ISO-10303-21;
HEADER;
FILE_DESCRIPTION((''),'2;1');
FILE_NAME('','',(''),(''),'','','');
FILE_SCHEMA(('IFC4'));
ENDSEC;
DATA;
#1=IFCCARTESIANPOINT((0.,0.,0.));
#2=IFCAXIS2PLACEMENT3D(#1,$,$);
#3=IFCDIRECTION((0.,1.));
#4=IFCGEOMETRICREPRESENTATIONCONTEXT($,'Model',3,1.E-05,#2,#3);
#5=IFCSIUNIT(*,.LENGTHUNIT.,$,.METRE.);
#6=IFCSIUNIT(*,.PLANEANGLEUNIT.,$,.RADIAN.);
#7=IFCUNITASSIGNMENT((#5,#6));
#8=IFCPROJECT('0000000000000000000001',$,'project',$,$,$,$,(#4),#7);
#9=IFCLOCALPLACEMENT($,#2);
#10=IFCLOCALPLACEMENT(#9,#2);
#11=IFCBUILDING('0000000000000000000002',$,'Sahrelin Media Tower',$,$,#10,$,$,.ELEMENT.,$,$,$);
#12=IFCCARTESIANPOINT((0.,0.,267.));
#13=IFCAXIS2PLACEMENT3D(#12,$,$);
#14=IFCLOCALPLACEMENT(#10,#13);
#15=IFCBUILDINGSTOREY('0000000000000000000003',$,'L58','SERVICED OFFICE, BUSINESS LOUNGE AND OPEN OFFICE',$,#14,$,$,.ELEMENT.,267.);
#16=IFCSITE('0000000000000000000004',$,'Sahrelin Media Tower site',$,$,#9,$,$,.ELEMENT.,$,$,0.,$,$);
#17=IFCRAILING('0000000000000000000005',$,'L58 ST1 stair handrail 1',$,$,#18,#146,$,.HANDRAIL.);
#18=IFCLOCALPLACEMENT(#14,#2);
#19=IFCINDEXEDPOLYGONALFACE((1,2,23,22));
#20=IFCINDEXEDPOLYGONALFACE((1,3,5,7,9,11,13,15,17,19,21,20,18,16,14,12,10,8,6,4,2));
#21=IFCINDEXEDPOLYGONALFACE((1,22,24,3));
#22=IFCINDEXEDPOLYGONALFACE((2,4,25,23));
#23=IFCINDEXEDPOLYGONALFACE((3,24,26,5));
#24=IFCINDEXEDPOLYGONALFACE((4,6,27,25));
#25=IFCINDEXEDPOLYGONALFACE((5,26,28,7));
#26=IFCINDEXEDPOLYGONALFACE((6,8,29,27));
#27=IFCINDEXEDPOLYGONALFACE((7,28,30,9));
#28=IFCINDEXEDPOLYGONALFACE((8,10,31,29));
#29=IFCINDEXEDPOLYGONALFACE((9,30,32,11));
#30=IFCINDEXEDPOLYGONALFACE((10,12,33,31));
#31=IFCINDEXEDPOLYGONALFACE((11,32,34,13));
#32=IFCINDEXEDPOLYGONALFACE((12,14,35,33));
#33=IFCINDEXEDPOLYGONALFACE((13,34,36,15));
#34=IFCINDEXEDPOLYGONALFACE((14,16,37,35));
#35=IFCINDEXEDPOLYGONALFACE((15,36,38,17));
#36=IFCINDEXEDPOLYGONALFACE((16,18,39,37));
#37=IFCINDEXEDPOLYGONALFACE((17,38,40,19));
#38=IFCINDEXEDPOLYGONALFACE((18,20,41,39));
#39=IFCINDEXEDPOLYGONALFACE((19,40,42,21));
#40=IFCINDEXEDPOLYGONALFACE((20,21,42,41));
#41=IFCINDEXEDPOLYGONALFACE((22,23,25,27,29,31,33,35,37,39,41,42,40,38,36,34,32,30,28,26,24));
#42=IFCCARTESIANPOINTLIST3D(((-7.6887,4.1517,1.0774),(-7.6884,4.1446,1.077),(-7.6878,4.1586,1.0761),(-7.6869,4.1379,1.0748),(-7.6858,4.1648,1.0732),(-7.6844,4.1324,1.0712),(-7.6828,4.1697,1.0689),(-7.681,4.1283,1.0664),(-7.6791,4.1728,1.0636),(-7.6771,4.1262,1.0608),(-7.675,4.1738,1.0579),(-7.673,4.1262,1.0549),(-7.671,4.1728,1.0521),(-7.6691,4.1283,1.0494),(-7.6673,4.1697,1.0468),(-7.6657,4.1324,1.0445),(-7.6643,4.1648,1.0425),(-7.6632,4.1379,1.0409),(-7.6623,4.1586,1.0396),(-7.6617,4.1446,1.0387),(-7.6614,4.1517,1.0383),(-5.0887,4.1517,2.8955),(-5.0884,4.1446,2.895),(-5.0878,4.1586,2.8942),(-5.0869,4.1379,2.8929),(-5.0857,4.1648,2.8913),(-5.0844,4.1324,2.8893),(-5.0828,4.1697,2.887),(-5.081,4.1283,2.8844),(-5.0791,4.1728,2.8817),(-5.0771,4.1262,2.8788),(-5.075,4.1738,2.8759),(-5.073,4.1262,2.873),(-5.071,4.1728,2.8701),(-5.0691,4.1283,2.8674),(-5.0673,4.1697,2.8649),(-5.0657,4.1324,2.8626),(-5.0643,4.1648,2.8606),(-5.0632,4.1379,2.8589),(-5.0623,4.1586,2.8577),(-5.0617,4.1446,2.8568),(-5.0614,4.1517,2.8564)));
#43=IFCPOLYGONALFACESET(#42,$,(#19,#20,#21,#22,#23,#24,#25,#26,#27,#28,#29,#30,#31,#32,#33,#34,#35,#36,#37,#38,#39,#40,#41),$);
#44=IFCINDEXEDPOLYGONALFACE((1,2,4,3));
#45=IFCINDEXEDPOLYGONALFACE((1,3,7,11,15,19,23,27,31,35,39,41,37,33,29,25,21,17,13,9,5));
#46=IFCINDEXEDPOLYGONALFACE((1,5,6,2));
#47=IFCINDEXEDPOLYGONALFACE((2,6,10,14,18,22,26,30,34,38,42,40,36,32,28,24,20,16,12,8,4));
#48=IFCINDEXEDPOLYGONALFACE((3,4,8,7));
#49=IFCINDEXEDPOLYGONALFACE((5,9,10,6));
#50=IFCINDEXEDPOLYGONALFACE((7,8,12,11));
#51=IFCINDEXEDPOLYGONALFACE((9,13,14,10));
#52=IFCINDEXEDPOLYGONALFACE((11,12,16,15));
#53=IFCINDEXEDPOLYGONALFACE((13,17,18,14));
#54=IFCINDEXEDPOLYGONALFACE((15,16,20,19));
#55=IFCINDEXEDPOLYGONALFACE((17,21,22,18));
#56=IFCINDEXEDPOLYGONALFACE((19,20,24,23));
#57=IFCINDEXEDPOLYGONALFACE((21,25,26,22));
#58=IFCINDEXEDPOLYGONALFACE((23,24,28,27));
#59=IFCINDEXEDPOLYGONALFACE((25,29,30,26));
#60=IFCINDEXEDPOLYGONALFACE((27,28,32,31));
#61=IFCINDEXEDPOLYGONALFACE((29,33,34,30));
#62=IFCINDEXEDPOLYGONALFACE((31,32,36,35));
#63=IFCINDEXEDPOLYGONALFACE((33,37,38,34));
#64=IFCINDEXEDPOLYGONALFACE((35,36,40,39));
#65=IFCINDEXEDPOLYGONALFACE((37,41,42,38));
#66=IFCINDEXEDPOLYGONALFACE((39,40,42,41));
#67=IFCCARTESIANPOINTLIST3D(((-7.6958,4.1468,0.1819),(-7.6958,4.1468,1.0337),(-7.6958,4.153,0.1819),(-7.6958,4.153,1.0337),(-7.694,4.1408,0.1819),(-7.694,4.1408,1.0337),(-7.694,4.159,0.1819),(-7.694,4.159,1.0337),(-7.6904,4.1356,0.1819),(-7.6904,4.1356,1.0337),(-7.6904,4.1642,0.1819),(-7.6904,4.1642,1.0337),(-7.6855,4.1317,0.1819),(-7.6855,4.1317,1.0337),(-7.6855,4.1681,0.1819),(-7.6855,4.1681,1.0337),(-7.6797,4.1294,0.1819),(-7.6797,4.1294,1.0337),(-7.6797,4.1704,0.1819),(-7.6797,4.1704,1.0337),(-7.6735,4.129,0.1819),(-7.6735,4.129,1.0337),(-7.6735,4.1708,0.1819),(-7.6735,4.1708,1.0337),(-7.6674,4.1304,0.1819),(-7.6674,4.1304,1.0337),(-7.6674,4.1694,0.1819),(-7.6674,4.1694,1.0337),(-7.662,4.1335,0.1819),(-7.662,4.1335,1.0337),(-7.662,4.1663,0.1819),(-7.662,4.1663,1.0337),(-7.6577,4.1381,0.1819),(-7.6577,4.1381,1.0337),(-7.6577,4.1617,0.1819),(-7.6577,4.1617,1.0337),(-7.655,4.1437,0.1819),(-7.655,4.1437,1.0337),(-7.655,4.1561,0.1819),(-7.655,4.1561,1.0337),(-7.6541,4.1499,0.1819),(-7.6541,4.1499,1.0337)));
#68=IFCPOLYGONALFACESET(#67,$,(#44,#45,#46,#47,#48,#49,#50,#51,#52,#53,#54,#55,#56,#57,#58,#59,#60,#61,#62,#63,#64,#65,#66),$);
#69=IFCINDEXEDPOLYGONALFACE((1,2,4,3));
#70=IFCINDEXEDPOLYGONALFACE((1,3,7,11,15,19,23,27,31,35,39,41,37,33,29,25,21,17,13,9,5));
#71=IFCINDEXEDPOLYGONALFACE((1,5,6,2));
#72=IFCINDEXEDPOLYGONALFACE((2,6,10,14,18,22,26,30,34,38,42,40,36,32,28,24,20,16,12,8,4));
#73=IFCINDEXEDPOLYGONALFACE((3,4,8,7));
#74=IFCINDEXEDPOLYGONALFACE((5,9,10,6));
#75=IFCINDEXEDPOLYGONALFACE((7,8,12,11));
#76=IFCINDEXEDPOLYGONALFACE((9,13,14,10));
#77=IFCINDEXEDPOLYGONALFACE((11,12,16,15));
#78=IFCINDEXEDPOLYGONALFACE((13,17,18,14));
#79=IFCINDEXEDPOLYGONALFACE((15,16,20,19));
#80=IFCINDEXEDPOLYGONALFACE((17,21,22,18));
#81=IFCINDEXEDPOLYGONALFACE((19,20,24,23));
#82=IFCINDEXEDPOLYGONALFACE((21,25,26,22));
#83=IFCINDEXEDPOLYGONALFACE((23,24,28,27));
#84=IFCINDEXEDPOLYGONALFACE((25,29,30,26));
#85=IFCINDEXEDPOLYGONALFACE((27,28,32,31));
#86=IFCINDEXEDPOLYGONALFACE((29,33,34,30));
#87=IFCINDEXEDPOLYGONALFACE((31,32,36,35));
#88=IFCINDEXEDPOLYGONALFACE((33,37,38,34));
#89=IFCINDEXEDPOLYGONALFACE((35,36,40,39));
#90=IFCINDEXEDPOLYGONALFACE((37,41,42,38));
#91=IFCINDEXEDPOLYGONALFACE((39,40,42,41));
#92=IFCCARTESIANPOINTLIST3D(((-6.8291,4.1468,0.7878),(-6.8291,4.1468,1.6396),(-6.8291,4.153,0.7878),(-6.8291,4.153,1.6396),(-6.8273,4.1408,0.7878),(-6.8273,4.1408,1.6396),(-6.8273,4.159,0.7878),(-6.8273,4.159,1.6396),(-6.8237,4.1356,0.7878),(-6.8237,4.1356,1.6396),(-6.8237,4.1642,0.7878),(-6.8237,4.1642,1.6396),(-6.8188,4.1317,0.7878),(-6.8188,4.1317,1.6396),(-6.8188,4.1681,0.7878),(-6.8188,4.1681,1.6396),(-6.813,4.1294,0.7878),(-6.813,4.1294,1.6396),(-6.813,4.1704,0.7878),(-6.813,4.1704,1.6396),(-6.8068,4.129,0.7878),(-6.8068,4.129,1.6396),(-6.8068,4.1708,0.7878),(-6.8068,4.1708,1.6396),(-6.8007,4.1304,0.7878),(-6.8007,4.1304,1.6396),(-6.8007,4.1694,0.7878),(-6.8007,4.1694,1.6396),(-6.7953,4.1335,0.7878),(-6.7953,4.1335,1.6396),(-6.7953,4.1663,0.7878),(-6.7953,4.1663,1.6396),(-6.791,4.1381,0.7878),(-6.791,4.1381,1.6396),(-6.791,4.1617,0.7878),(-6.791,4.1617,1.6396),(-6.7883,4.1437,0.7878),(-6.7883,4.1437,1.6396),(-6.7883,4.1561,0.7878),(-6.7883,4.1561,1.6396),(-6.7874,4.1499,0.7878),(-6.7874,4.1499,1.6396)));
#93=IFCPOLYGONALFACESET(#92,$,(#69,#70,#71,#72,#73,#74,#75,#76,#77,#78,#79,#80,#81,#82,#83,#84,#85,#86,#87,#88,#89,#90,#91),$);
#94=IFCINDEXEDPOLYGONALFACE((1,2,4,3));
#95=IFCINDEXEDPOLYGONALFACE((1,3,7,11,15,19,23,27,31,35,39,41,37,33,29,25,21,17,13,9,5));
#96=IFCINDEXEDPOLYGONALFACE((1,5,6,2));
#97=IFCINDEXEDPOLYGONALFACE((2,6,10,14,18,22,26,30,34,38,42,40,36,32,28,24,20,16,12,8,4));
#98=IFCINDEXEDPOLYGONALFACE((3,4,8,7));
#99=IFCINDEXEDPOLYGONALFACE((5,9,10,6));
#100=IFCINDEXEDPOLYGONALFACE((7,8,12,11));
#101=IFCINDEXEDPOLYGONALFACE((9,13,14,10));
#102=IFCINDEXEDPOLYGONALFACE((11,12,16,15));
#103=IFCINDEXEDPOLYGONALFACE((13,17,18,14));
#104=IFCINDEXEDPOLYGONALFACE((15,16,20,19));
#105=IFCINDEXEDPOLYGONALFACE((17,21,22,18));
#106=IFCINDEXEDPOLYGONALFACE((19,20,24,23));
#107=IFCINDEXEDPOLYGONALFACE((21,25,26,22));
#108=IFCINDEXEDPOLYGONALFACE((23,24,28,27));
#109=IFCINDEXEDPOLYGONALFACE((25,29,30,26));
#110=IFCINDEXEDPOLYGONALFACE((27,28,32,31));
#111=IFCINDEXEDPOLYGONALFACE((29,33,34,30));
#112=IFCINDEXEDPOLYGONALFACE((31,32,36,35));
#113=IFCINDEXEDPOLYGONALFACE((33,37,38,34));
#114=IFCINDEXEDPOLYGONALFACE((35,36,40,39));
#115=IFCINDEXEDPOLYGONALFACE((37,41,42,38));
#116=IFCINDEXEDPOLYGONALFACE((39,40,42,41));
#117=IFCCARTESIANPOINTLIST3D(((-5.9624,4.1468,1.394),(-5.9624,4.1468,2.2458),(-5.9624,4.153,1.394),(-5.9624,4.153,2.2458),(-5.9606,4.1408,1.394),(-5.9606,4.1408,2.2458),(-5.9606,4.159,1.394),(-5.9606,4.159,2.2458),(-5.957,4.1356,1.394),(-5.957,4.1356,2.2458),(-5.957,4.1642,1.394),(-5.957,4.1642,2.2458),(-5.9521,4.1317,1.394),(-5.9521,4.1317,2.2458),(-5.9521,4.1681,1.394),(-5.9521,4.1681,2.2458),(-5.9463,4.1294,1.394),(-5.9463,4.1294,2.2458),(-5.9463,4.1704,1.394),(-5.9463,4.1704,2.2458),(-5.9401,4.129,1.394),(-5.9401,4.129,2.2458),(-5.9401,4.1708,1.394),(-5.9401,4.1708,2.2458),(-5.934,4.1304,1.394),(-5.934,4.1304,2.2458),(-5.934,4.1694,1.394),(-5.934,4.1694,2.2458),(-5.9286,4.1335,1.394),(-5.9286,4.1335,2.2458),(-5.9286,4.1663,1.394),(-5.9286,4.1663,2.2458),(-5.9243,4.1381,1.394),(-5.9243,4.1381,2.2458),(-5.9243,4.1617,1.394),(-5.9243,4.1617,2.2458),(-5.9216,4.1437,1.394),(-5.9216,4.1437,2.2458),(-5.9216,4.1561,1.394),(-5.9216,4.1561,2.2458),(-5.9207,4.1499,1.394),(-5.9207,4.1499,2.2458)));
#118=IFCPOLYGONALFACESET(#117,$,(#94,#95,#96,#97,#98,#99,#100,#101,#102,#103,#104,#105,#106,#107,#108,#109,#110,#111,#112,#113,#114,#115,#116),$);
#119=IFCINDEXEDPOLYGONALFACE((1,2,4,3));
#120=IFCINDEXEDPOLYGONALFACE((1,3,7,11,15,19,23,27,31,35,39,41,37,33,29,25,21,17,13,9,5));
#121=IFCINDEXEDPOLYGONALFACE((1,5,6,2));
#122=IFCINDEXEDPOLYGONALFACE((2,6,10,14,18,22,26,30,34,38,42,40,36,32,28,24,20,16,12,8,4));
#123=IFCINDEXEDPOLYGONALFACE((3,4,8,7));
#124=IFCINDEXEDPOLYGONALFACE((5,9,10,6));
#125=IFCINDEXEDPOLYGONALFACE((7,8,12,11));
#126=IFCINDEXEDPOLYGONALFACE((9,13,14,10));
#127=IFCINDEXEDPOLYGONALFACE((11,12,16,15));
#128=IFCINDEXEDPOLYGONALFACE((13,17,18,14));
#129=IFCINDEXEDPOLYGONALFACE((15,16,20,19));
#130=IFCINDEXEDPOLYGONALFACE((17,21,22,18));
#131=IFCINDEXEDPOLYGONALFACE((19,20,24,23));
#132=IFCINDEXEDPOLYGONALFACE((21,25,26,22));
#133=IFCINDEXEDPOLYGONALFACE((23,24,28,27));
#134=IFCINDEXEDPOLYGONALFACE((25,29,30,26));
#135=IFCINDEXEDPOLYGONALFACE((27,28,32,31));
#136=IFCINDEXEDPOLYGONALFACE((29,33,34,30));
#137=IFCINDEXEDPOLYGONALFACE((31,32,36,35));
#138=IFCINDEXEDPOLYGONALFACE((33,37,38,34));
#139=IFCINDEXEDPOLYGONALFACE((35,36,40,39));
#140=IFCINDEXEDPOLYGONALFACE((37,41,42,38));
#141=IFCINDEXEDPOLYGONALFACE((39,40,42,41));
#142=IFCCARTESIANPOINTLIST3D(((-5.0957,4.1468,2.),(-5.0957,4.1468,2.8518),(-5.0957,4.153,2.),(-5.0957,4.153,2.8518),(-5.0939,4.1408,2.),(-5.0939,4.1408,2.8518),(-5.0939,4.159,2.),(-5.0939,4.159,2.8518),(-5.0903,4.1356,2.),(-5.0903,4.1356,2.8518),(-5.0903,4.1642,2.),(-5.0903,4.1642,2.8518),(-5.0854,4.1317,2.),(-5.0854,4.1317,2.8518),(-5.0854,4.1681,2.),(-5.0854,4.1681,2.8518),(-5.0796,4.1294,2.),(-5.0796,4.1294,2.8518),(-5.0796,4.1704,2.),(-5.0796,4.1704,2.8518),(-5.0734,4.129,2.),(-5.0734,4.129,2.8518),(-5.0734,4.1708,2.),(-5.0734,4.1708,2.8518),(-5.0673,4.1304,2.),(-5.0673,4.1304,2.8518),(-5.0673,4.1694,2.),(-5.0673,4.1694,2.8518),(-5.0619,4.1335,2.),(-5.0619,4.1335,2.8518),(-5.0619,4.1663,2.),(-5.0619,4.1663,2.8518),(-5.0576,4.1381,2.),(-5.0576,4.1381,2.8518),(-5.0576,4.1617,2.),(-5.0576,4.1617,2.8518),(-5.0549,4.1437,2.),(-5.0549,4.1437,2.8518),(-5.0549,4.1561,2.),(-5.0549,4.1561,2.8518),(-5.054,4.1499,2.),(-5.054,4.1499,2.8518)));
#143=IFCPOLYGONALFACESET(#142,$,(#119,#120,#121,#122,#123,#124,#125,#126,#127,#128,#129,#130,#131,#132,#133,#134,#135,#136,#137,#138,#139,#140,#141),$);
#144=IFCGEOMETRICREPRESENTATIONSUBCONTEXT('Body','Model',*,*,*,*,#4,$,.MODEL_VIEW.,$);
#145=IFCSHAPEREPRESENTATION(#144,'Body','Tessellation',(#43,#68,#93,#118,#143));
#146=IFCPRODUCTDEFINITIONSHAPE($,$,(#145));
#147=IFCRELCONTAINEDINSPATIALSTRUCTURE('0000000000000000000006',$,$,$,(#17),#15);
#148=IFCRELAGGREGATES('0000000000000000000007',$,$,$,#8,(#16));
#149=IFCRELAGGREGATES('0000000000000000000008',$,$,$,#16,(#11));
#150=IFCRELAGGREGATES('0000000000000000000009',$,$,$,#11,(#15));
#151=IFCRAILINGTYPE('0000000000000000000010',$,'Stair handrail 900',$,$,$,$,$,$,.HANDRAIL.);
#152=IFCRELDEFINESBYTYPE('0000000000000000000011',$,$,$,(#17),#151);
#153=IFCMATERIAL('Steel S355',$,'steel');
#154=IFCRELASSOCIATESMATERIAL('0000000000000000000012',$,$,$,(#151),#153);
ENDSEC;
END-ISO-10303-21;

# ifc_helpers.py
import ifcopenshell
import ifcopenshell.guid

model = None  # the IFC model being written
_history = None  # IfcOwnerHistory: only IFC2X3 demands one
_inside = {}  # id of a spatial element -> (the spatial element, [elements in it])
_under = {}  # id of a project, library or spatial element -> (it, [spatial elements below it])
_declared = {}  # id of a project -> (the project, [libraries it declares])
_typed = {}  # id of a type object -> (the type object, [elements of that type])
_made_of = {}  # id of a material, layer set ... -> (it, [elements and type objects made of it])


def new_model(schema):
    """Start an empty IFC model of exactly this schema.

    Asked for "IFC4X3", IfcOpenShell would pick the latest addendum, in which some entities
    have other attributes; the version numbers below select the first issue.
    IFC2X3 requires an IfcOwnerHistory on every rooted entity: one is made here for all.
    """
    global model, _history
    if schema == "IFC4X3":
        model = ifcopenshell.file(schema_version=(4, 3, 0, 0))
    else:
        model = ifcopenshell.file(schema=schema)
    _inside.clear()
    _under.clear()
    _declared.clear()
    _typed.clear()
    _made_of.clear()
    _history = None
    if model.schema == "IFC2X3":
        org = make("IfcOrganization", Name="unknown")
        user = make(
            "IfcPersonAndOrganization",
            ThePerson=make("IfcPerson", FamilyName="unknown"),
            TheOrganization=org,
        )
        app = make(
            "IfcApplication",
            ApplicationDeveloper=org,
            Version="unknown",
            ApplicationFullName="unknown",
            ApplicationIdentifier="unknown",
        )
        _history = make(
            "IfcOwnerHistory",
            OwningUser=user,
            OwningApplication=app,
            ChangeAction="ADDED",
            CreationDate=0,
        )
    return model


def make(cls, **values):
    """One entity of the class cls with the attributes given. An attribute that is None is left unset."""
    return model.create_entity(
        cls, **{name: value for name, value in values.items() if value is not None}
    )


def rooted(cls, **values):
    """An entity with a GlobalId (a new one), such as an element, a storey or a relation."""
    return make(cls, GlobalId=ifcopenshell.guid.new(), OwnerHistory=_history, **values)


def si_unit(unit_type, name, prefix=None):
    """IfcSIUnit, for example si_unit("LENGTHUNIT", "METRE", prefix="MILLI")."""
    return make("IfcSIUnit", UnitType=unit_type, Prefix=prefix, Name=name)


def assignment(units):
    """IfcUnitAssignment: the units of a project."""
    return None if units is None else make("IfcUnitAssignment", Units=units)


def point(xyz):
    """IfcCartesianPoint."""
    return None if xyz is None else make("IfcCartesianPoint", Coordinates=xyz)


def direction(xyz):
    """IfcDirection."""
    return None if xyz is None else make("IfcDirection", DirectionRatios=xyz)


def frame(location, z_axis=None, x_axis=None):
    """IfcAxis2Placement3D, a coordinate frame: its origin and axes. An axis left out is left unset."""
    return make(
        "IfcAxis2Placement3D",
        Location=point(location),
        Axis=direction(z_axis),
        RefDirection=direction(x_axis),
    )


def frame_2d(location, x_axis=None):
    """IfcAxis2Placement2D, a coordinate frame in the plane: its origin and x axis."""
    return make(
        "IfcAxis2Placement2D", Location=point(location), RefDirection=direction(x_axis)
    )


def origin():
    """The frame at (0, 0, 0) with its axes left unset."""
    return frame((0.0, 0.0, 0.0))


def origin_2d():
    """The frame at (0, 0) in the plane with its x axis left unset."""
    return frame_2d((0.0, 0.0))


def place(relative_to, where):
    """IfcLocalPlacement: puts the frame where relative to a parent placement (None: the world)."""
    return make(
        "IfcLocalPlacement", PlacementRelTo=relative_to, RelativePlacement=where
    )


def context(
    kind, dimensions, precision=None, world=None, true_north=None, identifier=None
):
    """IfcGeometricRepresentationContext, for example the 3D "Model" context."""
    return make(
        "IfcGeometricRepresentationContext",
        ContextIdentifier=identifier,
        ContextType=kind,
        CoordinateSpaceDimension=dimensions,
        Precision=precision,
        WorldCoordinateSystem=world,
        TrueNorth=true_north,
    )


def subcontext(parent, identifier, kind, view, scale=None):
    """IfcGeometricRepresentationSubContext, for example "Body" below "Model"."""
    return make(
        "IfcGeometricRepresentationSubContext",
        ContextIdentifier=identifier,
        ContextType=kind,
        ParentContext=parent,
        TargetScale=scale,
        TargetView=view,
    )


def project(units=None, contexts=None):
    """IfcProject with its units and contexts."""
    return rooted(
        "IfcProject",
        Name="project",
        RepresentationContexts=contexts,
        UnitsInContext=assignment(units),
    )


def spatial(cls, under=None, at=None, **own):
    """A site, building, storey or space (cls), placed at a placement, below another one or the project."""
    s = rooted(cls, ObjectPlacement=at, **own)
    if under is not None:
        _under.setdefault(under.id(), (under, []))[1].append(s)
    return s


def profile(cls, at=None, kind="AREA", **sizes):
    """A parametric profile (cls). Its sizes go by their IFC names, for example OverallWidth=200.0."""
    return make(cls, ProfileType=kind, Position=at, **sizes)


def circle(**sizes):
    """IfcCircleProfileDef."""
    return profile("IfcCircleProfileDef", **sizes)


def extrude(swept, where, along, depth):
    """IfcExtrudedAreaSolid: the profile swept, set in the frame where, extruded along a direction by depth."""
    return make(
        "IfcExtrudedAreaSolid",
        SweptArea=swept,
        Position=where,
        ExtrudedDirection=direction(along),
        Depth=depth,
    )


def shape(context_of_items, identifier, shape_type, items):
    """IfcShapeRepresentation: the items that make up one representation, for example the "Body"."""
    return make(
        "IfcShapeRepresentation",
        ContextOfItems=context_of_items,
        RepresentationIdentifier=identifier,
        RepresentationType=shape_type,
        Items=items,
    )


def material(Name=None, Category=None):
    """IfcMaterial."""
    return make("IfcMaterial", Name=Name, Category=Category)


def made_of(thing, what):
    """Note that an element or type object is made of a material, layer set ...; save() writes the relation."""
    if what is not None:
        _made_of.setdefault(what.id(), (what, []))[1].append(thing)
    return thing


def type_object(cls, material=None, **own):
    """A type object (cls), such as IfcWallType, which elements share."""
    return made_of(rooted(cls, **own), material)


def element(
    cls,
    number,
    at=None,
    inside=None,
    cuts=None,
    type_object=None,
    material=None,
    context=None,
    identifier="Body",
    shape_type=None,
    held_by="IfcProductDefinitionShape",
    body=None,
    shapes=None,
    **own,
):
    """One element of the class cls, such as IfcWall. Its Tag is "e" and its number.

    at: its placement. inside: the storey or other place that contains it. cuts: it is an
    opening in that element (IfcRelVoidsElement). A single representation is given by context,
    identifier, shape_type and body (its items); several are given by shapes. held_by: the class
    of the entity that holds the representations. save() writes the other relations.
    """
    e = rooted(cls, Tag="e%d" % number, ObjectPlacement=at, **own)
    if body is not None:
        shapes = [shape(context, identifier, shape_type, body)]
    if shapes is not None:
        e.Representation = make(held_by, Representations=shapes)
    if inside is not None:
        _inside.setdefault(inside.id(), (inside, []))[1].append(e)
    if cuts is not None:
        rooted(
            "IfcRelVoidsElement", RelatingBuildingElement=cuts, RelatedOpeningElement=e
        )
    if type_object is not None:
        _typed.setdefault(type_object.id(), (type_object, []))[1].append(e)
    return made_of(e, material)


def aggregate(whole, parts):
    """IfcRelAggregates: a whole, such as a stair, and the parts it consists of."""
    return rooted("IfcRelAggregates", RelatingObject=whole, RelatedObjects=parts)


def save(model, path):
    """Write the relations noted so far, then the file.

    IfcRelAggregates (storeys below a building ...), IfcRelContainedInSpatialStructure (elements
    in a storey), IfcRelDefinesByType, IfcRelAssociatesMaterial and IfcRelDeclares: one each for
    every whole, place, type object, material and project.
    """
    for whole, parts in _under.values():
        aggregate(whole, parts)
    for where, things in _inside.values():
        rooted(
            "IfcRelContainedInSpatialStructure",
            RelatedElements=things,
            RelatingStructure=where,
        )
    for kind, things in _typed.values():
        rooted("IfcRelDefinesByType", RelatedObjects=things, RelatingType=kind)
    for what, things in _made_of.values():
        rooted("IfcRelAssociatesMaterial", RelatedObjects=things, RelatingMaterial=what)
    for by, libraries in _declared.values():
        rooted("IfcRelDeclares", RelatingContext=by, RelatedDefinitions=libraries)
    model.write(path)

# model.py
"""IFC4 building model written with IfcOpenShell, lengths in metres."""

from ifc_helpers import new_model, si_unit, direction, frame, origin, origin_2d, place, context, subcontext, project, spatial, circle, extrude, material, type_object, element, save


model = new_model("IFC4")

# Units and contexts
model_context = context("Model", 3, precision=1e-05, world=origin(), true_north=direction((0.0, 1.0)))
body_context = subcontext(model_context, "Body", "Model", "MODEL_VIEW")
ifc_project = project(units=[si_unit("LENGTHUNIT", "METRE"), si_unit("PLANEANGLEUNIT", "RADIAN")], contexts=[model_context])

# Site, building, storey
site_placement = place(None, origin())
site = spatial("IfcSite", under=ifc_project, at=site_placement, Name="Sahrelin Media Tower site", CompositionType="ELEMENT", RefElevation=0.0)
building_placement = place(site_placement, origin())
building = spatial("IfcBuilding", under=site, at=building_placement, Name="Sahrelin Media Tower", CompositionType="ELEMENT")
storey_placement = place(building_placement, frame((0.0, 0.0, 267.0)))
storey = spatial("IfcBuildingStorey", under=building, at=storey_placement, Name="L58", Description="SERVICED OFFICE, BUSINESS LOUNGE AND OPEN OFFICE", CompositionType="ELEMENT", Elevation=267.0)

# Shared definitions
ifc_material_1 = material(Name="Steel S355", Category="steel")

# Railing
railing_type_1 = type_object("IfcRailingType", Name="Stair handrail 900", PredefinedType="HANDRAIL", material=ifc_material_1)
railing_1_placement = place(storey_placement, frame((-7.675, 4.1499, 0.1819)))
element("IfcRailing", 1, at=railing_1_placement, inside=storey, type_object=railing_type_1, Name="L58 ST1 stair handrail 1", PredefinedType="HANDRAIL", context=body_context, shape_type="SweptSolid", body=[
    extrude(circle(Radius=0.0239, at=origin_2d()), frame((0.0, 0.0, 0.876), z_axis=(0.819521, 0.0, 0.573049), x_axis=(0.0, 1.0, 0.0)), (0.0, 0.0, 1.0), 3.1726),
    extrude(circle(Radius=0.021, at=origin_2d()), origin(), (0.0, 0.0, 1.0), 0.8518),
    extrude(circle(Radius=0.021, at=origin_2d()), frame((0.8667, 0.0, 0.606)), (0.0, 0.0, 1.0), 0.8518),
    extrude(circle(Radius=0.021, at=origin_2d()), frame((1.7334, 0.0, 1.2122)), (0.0, 0.0, 1.0), 0.8518),
    extrude(circle(Radius=0.021, at=origin_2d()), frame((2.6001, 0.0, 1.8181)), (0.0, 0.0, 1.0), 0.8518),
])

save(model, "model.ifc")
